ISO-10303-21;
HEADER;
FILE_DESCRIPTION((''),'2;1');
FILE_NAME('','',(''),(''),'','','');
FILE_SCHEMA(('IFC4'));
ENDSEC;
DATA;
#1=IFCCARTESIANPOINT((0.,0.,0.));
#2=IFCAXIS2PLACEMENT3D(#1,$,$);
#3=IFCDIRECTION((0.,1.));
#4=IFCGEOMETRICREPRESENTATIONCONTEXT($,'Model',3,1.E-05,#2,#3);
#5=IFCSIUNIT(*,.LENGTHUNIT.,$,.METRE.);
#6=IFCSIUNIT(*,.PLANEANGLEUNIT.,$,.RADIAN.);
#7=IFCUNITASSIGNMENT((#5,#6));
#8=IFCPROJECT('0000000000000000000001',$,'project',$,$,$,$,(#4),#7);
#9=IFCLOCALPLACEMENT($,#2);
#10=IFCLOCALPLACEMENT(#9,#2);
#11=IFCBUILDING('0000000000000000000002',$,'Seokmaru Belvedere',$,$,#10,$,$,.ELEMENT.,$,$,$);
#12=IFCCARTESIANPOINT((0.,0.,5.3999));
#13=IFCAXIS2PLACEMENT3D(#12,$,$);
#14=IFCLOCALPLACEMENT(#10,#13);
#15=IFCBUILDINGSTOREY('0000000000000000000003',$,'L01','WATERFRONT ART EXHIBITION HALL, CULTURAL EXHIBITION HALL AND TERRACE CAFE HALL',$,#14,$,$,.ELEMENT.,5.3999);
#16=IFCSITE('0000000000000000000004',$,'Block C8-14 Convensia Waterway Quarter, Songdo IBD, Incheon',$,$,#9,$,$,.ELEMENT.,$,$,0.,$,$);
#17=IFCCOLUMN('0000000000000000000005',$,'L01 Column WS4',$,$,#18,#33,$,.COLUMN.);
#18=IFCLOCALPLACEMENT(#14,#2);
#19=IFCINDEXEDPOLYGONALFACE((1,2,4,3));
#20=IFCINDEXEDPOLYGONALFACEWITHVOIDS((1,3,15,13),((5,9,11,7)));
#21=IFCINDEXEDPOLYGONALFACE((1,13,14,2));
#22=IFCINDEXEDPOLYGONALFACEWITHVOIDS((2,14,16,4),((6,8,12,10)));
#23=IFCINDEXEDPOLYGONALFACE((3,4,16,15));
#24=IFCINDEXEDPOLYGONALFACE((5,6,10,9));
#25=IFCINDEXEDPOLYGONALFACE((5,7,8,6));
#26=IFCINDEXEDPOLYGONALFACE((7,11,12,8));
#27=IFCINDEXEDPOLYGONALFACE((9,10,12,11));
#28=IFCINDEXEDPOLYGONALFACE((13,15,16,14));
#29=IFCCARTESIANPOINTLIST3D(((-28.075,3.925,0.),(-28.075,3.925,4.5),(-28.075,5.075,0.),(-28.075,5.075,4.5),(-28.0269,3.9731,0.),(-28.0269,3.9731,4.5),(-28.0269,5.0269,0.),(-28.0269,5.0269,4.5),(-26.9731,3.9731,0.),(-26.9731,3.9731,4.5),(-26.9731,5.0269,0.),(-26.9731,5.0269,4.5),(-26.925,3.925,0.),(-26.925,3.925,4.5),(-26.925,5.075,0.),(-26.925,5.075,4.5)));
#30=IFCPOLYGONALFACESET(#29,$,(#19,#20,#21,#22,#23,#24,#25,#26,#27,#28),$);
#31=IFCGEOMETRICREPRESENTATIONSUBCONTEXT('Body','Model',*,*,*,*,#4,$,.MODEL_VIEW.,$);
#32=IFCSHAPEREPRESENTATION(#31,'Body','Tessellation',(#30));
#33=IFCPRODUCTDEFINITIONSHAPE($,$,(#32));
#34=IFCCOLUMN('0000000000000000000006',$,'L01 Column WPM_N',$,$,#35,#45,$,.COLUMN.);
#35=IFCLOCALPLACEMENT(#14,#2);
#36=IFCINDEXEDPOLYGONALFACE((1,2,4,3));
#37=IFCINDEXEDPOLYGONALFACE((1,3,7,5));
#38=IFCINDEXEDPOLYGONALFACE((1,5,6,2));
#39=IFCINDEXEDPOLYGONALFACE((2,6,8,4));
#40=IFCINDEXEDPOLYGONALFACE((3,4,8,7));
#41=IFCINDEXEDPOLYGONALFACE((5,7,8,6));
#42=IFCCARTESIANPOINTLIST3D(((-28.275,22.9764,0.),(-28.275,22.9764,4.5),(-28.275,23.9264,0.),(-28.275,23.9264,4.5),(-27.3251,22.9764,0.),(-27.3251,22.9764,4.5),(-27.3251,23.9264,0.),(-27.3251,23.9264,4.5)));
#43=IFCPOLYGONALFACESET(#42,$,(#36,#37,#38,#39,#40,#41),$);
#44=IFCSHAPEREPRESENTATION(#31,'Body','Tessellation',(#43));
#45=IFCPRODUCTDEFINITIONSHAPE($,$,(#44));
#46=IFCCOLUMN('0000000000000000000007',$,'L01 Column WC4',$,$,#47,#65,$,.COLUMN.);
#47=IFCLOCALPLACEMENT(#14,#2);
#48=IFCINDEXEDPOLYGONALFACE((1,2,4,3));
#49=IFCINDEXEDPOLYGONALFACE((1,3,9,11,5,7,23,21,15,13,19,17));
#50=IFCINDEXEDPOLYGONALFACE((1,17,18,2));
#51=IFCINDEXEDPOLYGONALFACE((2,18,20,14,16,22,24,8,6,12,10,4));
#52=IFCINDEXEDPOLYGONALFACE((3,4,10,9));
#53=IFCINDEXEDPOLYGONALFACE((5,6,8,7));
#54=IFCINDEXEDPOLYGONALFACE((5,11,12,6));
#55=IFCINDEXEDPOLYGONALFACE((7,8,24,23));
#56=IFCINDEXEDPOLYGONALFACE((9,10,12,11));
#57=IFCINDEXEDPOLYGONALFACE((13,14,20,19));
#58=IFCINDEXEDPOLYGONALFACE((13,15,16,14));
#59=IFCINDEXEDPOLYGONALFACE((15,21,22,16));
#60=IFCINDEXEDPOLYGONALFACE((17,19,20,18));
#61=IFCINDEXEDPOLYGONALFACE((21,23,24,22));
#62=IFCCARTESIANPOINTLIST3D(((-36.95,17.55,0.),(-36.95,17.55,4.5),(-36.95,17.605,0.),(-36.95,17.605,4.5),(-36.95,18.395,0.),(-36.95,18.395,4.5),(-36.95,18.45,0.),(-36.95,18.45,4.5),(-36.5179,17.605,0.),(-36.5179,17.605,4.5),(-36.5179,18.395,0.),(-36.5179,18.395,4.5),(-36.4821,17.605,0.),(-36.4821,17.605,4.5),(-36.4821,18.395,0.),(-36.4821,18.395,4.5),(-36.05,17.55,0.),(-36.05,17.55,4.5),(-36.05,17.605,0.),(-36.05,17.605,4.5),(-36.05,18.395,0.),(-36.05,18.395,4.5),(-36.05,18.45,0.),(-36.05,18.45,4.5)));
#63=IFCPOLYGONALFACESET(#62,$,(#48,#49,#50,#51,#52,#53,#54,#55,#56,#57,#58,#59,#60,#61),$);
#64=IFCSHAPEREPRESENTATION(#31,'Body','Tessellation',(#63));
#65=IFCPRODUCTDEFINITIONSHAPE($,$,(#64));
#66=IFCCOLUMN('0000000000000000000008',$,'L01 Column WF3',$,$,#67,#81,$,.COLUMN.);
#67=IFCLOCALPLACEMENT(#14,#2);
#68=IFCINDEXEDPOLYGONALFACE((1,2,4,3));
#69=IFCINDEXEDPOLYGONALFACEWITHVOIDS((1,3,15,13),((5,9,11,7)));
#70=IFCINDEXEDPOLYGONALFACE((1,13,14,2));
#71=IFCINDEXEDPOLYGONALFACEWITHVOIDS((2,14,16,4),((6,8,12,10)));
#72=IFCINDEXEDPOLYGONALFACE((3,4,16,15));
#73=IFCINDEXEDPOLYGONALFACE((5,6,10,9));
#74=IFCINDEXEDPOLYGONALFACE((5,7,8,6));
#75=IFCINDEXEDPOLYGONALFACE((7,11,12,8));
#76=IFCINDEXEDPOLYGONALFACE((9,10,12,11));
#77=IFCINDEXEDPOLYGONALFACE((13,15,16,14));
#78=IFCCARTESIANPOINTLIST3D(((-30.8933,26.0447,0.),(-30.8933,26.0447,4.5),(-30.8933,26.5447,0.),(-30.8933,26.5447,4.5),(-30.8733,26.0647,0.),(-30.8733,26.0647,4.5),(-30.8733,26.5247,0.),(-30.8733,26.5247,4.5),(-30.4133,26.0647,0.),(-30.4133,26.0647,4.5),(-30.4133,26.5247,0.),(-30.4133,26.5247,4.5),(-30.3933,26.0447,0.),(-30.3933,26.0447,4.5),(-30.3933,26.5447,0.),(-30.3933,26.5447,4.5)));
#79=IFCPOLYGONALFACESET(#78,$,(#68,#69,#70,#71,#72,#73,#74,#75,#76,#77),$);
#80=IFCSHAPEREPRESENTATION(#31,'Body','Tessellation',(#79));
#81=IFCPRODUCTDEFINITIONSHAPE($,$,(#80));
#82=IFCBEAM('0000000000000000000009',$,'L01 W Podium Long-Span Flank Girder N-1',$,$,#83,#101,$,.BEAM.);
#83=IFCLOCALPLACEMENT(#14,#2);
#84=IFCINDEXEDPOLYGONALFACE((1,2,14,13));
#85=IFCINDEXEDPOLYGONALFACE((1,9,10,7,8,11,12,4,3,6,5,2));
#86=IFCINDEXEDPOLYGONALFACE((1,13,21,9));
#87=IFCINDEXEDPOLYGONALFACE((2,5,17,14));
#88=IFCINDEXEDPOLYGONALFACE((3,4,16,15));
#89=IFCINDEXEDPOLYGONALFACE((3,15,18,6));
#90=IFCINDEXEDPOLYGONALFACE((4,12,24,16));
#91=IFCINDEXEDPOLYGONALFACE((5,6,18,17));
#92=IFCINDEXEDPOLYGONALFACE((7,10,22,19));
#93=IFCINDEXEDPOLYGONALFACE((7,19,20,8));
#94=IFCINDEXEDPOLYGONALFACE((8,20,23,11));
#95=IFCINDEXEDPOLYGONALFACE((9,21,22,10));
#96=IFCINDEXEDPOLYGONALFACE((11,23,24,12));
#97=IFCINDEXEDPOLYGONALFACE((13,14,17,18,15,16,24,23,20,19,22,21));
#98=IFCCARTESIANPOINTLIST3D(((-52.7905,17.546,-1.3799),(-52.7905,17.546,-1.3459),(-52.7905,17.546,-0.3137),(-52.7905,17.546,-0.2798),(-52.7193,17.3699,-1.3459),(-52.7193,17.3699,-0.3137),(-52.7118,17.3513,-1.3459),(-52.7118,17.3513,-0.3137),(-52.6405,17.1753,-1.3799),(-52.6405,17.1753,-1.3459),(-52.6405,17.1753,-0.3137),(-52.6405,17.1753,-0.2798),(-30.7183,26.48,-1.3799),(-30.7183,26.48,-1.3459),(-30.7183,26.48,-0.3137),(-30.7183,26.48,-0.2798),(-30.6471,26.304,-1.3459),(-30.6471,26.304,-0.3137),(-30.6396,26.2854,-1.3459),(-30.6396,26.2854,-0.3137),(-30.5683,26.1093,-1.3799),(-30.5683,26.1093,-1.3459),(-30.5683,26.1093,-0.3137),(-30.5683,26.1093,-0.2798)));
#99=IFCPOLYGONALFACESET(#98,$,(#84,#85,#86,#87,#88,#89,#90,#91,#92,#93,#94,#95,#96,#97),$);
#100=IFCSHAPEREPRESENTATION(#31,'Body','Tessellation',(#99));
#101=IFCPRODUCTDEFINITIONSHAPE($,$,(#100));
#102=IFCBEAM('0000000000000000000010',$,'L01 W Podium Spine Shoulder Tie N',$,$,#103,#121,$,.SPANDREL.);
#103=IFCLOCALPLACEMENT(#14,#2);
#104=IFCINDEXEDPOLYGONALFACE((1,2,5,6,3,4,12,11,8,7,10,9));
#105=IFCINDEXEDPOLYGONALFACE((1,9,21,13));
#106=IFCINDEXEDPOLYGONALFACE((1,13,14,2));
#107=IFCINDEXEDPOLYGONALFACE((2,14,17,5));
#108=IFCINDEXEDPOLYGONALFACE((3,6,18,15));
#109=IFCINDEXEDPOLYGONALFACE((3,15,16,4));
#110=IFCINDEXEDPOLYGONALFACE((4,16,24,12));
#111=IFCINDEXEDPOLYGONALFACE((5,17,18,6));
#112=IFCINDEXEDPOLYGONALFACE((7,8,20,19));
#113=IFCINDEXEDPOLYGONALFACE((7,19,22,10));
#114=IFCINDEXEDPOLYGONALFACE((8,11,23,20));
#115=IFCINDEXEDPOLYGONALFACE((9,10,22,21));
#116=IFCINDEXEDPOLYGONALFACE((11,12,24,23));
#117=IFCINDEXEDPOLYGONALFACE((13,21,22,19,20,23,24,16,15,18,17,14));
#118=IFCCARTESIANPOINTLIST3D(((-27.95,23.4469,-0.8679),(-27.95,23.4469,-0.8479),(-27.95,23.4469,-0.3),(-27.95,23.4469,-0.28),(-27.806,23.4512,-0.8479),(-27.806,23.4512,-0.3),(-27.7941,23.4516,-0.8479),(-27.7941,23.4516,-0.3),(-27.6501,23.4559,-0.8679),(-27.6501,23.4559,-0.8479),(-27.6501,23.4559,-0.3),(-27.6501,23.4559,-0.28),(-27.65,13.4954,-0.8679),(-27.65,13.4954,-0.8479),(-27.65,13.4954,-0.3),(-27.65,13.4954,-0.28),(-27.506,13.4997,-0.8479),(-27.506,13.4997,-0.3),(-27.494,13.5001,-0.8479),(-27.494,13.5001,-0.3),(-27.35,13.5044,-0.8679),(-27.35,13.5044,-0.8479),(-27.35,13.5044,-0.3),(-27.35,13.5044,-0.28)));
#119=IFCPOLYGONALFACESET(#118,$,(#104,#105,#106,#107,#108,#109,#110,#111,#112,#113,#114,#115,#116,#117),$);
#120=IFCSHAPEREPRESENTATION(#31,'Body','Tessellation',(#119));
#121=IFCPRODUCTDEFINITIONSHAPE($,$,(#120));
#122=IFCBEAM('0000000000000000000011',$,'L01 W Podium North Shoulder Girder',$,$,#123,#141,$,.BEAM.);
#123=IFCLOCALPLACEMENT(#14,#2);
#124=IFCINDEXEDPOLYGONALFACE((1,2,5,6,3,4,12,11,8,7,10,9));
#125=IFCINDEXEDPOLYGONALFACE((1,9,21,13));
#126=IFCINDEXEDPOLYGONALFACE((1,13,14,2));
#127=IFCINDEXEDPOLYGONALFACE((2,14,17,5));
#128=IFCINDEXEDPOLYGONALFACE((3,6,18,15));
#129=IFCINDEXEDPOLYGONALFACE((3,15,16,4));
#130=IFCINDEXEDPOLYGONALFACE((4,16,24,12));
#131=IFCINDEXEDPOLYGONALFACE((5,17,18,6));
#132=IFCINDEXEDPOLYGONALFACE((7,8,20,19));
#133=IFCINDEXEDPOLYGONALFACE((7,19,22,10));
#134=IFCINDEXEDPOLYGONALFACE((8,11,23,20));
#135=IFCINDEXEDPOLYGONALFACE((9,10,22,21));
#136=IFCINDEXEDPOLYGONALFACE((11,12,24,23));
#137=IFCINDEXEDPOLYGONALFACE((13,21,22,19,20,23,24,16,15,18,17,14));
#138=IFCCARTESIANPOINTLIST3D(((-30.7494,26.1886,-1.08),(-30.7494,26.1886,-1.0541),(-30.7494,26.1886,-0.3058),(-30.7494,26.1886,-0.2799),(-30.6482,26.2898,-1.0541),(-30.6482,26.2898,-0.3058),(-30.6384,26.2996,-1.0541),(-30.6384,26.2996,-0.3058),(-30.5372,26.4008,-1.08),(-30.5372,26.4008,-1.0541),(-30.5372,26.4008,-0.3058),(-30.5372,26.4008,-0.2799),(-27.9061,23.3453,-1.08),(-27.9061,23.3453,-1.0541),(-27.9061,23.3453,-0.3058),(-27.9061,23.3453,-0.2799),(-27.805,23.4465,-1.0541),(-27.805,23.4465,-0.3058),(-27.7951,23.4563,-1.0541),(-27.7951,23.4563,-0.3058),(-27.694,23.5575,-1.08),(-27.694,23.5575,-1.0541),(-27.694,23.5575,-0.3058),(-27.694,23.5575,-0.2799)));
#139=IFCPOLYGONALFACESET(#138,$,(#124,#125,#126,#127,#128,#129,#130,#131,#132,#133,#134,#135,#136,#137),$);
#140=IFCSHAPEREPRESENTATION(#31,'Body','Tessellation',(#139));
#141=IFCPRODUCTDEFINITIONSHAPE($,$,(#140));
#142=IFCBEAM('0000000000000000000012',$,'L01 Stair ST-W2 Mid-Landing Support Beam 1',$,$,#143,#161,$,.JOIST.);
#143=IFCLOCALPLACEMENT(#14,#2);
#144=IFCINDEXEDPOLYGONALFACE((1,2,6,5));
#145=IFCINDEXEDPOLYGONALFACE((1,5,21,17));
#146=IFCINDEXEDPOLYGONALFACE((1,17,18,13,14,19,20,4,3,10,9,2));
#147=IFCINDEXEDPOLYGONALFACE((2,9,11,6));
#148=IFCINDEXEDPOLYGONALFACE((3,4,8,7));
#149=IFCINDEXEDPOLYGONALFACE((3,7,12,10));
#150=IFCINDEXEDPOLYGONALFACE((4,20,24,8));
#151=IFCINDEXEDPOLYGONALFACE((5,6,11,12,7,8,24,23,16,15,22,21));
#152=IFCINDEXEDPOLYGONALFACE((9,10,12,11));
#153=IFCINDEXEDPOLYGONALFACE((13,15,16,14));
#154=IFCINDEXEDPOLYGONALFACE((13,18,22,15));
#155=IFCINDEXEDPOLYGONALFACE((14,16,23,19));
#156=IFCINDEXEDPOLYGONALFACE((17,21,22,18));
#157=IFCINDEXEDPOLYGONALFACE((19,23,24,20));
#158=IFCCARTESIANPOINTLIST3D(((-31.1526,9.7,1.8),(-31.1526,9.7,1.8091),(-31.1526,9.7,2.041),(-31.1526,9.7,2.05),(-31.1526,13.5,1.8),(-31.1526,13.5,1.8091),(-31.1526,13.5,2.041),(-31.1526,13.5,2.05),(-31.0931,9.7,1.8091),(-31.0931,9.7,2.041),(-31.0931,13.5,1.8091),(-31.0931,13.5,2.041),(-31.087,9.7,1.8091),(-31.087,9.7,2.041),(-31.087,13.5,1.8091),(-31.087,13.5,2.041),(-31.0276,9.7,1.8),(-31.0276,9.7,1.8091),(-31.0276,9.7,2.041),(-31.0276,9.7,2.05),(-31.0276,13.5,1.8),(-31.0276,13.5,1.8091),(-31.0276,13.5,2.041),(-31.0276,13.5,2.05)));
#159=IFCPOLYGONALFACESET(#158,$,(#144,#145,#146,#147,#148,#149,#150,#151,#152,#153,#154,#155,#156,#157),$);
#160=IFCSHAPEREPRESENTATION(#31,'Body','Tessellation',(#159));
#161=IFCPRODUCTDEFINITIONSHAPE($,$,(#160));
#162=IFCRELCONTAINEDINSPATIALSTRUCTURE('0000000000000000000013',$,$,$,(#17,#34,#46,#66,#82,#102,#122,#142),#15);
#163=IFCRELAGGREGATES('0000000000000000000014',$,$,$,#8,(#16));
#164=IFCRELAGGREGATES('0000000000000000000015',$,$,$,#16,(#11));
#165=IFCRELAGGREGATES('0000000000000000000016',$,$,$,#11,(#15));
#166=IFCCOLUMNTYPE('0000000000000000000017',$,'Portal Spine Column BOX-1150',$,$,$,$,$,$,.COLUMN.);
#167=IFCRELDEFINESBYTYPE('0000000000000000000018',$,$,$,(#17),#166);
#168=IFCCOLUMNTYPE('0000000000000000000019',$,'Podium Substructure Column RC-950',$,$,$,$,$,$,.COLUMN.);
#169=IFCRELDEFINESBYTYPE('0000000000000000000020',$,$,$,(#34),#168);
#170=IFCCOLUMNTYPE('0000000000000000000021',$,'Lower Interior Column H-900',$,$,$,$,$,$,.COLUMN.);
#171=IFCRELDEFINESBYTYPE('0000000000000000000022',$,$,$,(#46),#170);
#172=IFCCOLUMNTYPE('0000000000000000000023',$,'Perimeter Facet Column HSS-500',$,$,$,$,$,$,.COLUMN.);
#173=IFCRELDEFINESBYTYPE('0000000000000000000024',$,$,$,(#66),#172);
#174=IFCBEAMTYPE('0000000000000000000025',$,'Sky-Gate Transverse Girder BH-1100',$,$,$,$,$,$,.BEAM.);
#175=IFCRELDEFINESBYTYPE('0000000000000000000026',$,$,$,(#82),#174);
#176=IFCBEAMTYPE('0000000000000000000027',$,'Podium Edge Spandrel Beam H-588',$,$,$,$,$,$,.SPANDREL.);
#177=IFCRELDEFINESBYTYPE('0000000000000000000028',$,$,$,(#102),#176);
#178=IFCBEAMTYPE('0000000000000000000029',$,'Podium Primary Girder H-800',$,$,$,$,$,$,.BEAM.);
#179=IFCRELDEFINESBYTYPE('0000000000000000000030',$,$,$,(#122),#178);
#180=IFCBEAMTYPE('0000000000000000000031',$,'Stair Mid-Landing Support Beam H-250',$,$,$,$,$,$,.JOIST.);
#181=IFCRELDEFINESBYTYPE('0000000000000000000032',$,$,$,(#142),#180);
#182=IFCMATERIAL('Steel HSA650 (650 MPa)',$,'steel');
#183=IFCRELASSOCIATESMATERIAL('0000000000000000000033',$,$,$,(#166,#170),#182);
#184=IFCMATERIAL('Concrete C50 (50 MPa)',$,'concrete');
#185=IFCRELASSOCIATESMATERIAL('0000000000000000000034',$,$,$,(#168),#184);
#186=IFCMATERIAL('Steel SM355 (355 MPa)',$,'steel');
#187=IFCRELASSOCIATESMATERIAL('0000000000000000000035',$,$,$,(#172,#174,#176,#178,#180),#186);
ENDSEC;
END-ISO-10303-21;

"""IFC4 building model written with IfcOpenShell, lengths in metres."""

from ifc_helpers import new_model, si_unit, direction, frame, origin, origin_2d, place, context, subcontext, project, spatial, rectangle, hollow_rectangle, i_section, extrude, source, transform, mapped, material, material_profile, profile_set, type_object, type_shapes, element, save


model = new_model("IFC4")

# Units and contexts
model_context = context("Model", 3, precision=1e-05, world=origin(), true_north=direction((0.0, 1.0)))
body_context = subcontext(model_context, "Body", "Model", "MODEL_VIEW")
ifc_project = project(units=[si_unit("LENGTHUNIT", "METRE"), si_unit("PLANEANGLEUNIT", "RADIAN")], contexts=[model_context])

# Site, building, storey
site_placement = place(None, origin())
site = spatial("IfcSite", under=ifc_project, at=site_placement, Name="Block C8-14 Convensia Waterway Quarter, Songdo IBD, Incheon", CompositionType="ELEMENT", RefElevation=0.0)
building_placement = place(site_placement, origin())
building = spatial("IfcBuilding", under=site, at=building_placement, Name="Seokmaru Belvedere", CompositionType="ELEMENT")
storey_placement = place(building_placement, frame((0.0, 0.0, 5.3999)))
storey = spatial("IfcBuildingStorey", under=building, at=storey_placement, Name="L01", Description="WATERFRONT ART EXHIBITION HALL, CULTURAL EXHIBITION HALL AND TERRACE CAFE HALL", CompositionType="ELEMENT", Elevation=5.3999)

# Columns
ifc_material_1 = material(Name="Steel HSA650 (650 MPa)", Category="steel")
ifc_material_profile_1 = material_profile(ifc_material_1, hollow_rectangle(XDim=1.1499, YDim=1.1499, WallThickness=0.0481, at=origin_2d()), Name="BOX-1150x1150x48")
ifc_profile_set_1 = profile_set([ifc_material_profile_1], Name="Steel HSA650 (650 MPa)")
column_type_1 = type_object("IfcColumnType", Name="Portal Spine Column BOX-1150", PredefinedType="COLUMN", material=ifc_profile_set_1)
shared_shape_1 = source(origin(), body_context, "Body", "SweptSolid", [
    extrude(hollow_rectangle(XDim=1.1499, YDim=1.1499, WallThickness=0.0481, at=origin_2d()), origin(), (0.0, 0.0, 1.0), 4.5),
])
type_shapes(column_type_1, [shared_shape_1])
column_1_placement = place(storey_placement, frame((-27.5, 4.5, 0.0), z_axis=(0.0, 0.0, 1.0), x_axis=(1.0, 0.0, 0.0)))
element("IfcColumn", 1, at=column_1_placement, inside=storey, type_object=column_type_1, Name="L01 Column WS4", PredefinedType="COLUMN", context=body_context, shape_type="MappedRepresentation", body=[
    mapped(shared_shape_1, transform((0.0, 0.0, 0.0), scale=1.0)),
])
ifc_material_2 = material(Name="Concrete C50 (50 MPa)", Category="concrete")
ifc_material_profile_2 = material_profile(ifc_material_2, rectangle(XDim=0.95, YDim=0.95, at=origin_2d()), Name="RC-950x950")
ifc_profile_set_2 = profile_set([ifc_material_profile_2], Name="Concrete C50 (50 MPa)")
column_type_2 = type_object("IfcColumnType", Name="Podium Substructure Column RC-950", PredefinedType="COLUMN", material=ifc_profile_set_2)
shared_shape_2 = source(origin(), body_context, "Body", "SweptSolid", [
    extrude(rectangle(XDim=0.95, YDim=0.95, at=origin_2d()), origin(), (0.0, 0.0, 1.0), 4.5),
])
type_shapes(column_type_2, [shared_shape_2])
column_2_placement = place(storey_placement, frame((-27.8, 23.4514, 0.0), z_axis=(0.0, 0.0, 1.0), x_axis=(1.0, 0.0, 0.0)))
element("IfcColumn", 2, at=column_2_placement, inside=storey, type_object=column_type_2, Name="L01 Column WPM_N", PredefinedType="COLUMN", context=body_context, shape_type="MappedRepresentation", body=[
    mapped(shared_shape_2, transform((0.0, 0.0, 0.0), scale=1.0)),
])
ifc_material_profile_3 = material_profile(ifc_material_1, i_section(OverallWidth=0.8999, OverallDepth=0.8999, WebThickness=0.0359, FlangeThickness=0.0549, at=origin_2d()), Name="H-900x900x36x55")
ifc_profile_set_3 = profile_set([ifc_material_profile_3], Name="Steel HSA650 (650 MPa)")
column_type_3 = type_object("IfcColumnType", Name="Lower Interior Column H-900", PredefinedType="COLUMN", material=ifc_profile_set_3)
shared_shape_3 = source(origin(), body_context, "Body", "SweptSolid", [
    extrude(i_section(OverallWidth=0.8999, OverallDepth=0.8999, WebThickness=0.0359, FlangeThickness=0.0549, at=origin_2d()), origin(), (0.0, 0.0, 1.0), 4.5),
])
type_shapes(column_type_3, [shared_shape_3])
column_3_placement = place(storey_placement, frame((-36.5, 18.0, 0.0), z_axis=(0.0, 0.0, 1.0), x_axis=(1.0, 0.0, 0.0)))
element("IfcColumn", 3, at=column_3_placement, inside=storey, type_object=column_type_3, Name="L01 Column WC4", PredefinedType="COLUMN", context=body_context, shape_type="MappedRepresentation", body=[
    mapped(shared_shape_3, transform((0.0, 0.0, 0.0), scale=1.0)),
])
ifc_material_3 = material(Name="Steel SM355 (355 MPa)", Category="steel")
ifc_material_profile_4 = material_profile(ifc_material_3, hollow_rectangle(XDim=0.5, YDim=0.5, WallThickness=0.02, at=origin_2d()), Name="HSS-500x500x20")
ifc_profile_set_4 = profile_set([ifc_material_profile_4], Name="Steel SM355 (355 MPa)")
column_type_4 = type_object("IfcColumnType", Name="Perimeter Facet Column HSS-500", PredefinedType="COLUMN", material=ifc_profile_set_4)
shared_shape_4 = source(origin(), body_context, "Body", "SweptSolid", [
    extrude(hollow_rectangle(XDim=0.5, YDim=0.5, WallThickness=0.02, at=origin_2d()), origin(), (0.0, 0.0, 1.0), 4.5),
])
type_shapes(column_type_4, [shared_shape_4])
column_4_placement = place(storey_placement, frame((-30.6433, 26.2947, 0.0), z_axis=(0.0, 0.0, 1.0), x_axis=(1.0, 0.0, 0.0)))
element("IfcColumn", 4, at=column_4_placement, inside=storey, type_object=column_type_4, Name="L01 Column WF3", PredefinedType="COLUMN", context=body_context, shape_type="MappedRepresentation", body=[
    mapped(shared_shape_4, transform((0.0, 0.0, 0.0), scale=1.0)),
])

# Beams
ifc_material_profile_5 = material_profile(ifc_material_3, i_section(OverallWidth=0.3999, OverallDepth=1.1001, WebThickness=0.02, FlangeThickness=0.0339, at=origin_2d()), Name="BH-1100x400x20x34")
ifc_profile_set_5 = profile_set([ifc_material_profile_5], Name="Steel SM355 (355 MPa)")
beam_type_1 = type_object("IfcBeamType", Name="Sky-Gate Transverse Girder BH-1100", PredefinedType="BEAM", material=ifc_profile_set_5)
shared_shape_5 = source(origin(), body_context, "Body", "SweptSolid", [
    extrude(i_section(OverallWidth=0.3999, OverallDepth=1.1001, WebThickness=0.02, FlangeThickness=0.0339, at=origin_2d()), origin(), (0.0, 0.0, 1.0), 23.8118),
])
type_shapes(beam_type_1, [shared_shape_5])
beam_1_placement = place(storey_placement, frame((-30.6433, 26.2947, -0.8298), z_axis=(-0.926946, -0.375195, 0.0), x_axis=(0.375195, -0.926946, 0.0)))
element("IfcBeam", 5, at=beam_1_placement, inside=storey, type_object=beam_type_1, Name="L01 W Podium Long-Span Flank Girder N-1", PredefinedType="BEAM", context=body_context, shape_type="MappedRepresentation", body=[
    mapped(shared_shape_5, transform((0.0, 0.0, 0.0), scale=1.0)),
])
ifc_material_profile_6 = material_profile(ifc_material_3, i_section(OverallWidth=0.3, OverallDepth=0.5879, WebThickness=0.012, FlangeThickness=0.02, at=origin_2d()), Name="H-588x300x12x20")
ifc_profile_set_6 = profile_set([ifc_material_profile_6], Name="Steel SM355 (355 MPa)")
beam_type_2 = type_object("IfcBeamType", Name="Podium Edge Spandrel Beam H-588", PredefinedType="SPANDREL", material=ifc_profile_set_6)
shared_shape_6 = source(origin(), body_context, "Body", "SweptSolid", [
    extrude(i_section(OverallWidth=0.3, OverallDepth=0.5879, WebThickness=0.012, FlangeThickness=0.02, at=origin_2d()), origin(), (0.0, 0.0, 1.0), 9.9561),
])
type_shapes(beam_type_2, [shared_shape_6])
beam_2_placement = place(storey_placement, frame((-27.8, 23.4514, -0.574), z_axis=(0.030138, -0.999546, 0.0), x_axis=(0.999546, 0.030138, 0.0)))
element("IfcBeam", 6, at=beam_2_placement, inside=storey, type_object=beam_type_2, Name="L01 W Podium Spine Shoulder Tie N", PredefinedType="SPANDREL", context=body_context, shape_type="MappedRepresentation", body=[
    mapped(shared_shape_6, transform((0.0, 0.0, 0.0), scale=1.0)),
])
ifc_material_profile_7 = material_profile(ifc_material_3, i_section(OverallWidth=0.3, OverallDepth=0.8, WebThickness=0.0139, FlangeThickness=0.0259, at=origin_2d()), Name="H-800x300x14x26")
ifc_profile_set_7 = profile_set([ifc_material_profile_7], Name="Steel SM355 (355 MPa)")
beam_type_3 = type_object("IfcBeamType", Name="Podium Primary Girder H-800", PredefinedType="BEAM", material=ifc_profile_set_7)
shared_shape_7 = source(origin(), body_context, "Body", "SweptSolid", [
    extrude(i_section(OverallWidth=0.3, OverallDepth=0.8, WebThickness=0.0139, FlangeThickness=0.0259, at=origin_2d()), origin(), (0.0, 0.0, 1.0), 4.021),
])
type_shapes(beam_type_3, [shared_shape_7])
beam_3_placement = place(storey_placement, frame((-30.6433, 26.2947, -0.6799), z_axis=(0.707107, -0.707107, 0.0), x_axis=(0.707107, 0.707107, 0.0)))
element("IfcBeam", 7, at=beam_3_placement, inside=storey, type_object=beam_type_3, Name="L01 W Podium North Shoulder Girder", PredefinedType="BEAM", context=body_context, shape_type="MappedRepresentation", body=[
    mapped(shared_shape_7, transform((0.0, 0.0, 0.0), scale=1.0)),
])
ifc_material_profile_8 = material_profile(ifc_material_3, i_section(OverallWidth=0.125, OverallDepth=0.25, WebThickness=0.0061, FlangeThickness=0.009, at=origin_2d()), Name="H-250x125x6x9")
ifc_profile_set_8 = profile_set([ifc_material_profile_8], Name="Steel SM355 (355 MPa)")
beam_type_4 = type_object("IfcBeamType", Name="Stair Mid-Landing Support Beam H-250", PredefinedType="JOIST", material=ifc_profile_set_8)
shared_shape_8 = source(origin(), body_context, "Body", "SweptSolid", [
    extrude(i_section(OverallWidth=0.125, OverallDepth=0.25, WebThickness=0.0061, FlangeThickness=0.009, at=origin_2d()), origin(), (0.0, 0.0, 1.0), 3.8),
])
type_shapes(beam_type_4, [shared_shape_8])
beam_4_placement = place(storey_placement, frame((-31.0901, 9.7, 1.925), z_axis=(0.0, 1.0, 0.0), x_axis=(-1.0, 0.0, 0.0)))
element("IfcBeam", 8, at=beam_4_placement, inside=storey, type_object=beam_type_4, Name="L01 Stair ST-W2 Mid-Landing Support Beam 1", PredefinedType="JOIST", context=body_context, shape_type="MappedRepresentation", body=[
    mapped(shared_shape_8, transform((0.0, 0.0, 0.0), scale=1.0)),
])

save(model, "model.ifc")
